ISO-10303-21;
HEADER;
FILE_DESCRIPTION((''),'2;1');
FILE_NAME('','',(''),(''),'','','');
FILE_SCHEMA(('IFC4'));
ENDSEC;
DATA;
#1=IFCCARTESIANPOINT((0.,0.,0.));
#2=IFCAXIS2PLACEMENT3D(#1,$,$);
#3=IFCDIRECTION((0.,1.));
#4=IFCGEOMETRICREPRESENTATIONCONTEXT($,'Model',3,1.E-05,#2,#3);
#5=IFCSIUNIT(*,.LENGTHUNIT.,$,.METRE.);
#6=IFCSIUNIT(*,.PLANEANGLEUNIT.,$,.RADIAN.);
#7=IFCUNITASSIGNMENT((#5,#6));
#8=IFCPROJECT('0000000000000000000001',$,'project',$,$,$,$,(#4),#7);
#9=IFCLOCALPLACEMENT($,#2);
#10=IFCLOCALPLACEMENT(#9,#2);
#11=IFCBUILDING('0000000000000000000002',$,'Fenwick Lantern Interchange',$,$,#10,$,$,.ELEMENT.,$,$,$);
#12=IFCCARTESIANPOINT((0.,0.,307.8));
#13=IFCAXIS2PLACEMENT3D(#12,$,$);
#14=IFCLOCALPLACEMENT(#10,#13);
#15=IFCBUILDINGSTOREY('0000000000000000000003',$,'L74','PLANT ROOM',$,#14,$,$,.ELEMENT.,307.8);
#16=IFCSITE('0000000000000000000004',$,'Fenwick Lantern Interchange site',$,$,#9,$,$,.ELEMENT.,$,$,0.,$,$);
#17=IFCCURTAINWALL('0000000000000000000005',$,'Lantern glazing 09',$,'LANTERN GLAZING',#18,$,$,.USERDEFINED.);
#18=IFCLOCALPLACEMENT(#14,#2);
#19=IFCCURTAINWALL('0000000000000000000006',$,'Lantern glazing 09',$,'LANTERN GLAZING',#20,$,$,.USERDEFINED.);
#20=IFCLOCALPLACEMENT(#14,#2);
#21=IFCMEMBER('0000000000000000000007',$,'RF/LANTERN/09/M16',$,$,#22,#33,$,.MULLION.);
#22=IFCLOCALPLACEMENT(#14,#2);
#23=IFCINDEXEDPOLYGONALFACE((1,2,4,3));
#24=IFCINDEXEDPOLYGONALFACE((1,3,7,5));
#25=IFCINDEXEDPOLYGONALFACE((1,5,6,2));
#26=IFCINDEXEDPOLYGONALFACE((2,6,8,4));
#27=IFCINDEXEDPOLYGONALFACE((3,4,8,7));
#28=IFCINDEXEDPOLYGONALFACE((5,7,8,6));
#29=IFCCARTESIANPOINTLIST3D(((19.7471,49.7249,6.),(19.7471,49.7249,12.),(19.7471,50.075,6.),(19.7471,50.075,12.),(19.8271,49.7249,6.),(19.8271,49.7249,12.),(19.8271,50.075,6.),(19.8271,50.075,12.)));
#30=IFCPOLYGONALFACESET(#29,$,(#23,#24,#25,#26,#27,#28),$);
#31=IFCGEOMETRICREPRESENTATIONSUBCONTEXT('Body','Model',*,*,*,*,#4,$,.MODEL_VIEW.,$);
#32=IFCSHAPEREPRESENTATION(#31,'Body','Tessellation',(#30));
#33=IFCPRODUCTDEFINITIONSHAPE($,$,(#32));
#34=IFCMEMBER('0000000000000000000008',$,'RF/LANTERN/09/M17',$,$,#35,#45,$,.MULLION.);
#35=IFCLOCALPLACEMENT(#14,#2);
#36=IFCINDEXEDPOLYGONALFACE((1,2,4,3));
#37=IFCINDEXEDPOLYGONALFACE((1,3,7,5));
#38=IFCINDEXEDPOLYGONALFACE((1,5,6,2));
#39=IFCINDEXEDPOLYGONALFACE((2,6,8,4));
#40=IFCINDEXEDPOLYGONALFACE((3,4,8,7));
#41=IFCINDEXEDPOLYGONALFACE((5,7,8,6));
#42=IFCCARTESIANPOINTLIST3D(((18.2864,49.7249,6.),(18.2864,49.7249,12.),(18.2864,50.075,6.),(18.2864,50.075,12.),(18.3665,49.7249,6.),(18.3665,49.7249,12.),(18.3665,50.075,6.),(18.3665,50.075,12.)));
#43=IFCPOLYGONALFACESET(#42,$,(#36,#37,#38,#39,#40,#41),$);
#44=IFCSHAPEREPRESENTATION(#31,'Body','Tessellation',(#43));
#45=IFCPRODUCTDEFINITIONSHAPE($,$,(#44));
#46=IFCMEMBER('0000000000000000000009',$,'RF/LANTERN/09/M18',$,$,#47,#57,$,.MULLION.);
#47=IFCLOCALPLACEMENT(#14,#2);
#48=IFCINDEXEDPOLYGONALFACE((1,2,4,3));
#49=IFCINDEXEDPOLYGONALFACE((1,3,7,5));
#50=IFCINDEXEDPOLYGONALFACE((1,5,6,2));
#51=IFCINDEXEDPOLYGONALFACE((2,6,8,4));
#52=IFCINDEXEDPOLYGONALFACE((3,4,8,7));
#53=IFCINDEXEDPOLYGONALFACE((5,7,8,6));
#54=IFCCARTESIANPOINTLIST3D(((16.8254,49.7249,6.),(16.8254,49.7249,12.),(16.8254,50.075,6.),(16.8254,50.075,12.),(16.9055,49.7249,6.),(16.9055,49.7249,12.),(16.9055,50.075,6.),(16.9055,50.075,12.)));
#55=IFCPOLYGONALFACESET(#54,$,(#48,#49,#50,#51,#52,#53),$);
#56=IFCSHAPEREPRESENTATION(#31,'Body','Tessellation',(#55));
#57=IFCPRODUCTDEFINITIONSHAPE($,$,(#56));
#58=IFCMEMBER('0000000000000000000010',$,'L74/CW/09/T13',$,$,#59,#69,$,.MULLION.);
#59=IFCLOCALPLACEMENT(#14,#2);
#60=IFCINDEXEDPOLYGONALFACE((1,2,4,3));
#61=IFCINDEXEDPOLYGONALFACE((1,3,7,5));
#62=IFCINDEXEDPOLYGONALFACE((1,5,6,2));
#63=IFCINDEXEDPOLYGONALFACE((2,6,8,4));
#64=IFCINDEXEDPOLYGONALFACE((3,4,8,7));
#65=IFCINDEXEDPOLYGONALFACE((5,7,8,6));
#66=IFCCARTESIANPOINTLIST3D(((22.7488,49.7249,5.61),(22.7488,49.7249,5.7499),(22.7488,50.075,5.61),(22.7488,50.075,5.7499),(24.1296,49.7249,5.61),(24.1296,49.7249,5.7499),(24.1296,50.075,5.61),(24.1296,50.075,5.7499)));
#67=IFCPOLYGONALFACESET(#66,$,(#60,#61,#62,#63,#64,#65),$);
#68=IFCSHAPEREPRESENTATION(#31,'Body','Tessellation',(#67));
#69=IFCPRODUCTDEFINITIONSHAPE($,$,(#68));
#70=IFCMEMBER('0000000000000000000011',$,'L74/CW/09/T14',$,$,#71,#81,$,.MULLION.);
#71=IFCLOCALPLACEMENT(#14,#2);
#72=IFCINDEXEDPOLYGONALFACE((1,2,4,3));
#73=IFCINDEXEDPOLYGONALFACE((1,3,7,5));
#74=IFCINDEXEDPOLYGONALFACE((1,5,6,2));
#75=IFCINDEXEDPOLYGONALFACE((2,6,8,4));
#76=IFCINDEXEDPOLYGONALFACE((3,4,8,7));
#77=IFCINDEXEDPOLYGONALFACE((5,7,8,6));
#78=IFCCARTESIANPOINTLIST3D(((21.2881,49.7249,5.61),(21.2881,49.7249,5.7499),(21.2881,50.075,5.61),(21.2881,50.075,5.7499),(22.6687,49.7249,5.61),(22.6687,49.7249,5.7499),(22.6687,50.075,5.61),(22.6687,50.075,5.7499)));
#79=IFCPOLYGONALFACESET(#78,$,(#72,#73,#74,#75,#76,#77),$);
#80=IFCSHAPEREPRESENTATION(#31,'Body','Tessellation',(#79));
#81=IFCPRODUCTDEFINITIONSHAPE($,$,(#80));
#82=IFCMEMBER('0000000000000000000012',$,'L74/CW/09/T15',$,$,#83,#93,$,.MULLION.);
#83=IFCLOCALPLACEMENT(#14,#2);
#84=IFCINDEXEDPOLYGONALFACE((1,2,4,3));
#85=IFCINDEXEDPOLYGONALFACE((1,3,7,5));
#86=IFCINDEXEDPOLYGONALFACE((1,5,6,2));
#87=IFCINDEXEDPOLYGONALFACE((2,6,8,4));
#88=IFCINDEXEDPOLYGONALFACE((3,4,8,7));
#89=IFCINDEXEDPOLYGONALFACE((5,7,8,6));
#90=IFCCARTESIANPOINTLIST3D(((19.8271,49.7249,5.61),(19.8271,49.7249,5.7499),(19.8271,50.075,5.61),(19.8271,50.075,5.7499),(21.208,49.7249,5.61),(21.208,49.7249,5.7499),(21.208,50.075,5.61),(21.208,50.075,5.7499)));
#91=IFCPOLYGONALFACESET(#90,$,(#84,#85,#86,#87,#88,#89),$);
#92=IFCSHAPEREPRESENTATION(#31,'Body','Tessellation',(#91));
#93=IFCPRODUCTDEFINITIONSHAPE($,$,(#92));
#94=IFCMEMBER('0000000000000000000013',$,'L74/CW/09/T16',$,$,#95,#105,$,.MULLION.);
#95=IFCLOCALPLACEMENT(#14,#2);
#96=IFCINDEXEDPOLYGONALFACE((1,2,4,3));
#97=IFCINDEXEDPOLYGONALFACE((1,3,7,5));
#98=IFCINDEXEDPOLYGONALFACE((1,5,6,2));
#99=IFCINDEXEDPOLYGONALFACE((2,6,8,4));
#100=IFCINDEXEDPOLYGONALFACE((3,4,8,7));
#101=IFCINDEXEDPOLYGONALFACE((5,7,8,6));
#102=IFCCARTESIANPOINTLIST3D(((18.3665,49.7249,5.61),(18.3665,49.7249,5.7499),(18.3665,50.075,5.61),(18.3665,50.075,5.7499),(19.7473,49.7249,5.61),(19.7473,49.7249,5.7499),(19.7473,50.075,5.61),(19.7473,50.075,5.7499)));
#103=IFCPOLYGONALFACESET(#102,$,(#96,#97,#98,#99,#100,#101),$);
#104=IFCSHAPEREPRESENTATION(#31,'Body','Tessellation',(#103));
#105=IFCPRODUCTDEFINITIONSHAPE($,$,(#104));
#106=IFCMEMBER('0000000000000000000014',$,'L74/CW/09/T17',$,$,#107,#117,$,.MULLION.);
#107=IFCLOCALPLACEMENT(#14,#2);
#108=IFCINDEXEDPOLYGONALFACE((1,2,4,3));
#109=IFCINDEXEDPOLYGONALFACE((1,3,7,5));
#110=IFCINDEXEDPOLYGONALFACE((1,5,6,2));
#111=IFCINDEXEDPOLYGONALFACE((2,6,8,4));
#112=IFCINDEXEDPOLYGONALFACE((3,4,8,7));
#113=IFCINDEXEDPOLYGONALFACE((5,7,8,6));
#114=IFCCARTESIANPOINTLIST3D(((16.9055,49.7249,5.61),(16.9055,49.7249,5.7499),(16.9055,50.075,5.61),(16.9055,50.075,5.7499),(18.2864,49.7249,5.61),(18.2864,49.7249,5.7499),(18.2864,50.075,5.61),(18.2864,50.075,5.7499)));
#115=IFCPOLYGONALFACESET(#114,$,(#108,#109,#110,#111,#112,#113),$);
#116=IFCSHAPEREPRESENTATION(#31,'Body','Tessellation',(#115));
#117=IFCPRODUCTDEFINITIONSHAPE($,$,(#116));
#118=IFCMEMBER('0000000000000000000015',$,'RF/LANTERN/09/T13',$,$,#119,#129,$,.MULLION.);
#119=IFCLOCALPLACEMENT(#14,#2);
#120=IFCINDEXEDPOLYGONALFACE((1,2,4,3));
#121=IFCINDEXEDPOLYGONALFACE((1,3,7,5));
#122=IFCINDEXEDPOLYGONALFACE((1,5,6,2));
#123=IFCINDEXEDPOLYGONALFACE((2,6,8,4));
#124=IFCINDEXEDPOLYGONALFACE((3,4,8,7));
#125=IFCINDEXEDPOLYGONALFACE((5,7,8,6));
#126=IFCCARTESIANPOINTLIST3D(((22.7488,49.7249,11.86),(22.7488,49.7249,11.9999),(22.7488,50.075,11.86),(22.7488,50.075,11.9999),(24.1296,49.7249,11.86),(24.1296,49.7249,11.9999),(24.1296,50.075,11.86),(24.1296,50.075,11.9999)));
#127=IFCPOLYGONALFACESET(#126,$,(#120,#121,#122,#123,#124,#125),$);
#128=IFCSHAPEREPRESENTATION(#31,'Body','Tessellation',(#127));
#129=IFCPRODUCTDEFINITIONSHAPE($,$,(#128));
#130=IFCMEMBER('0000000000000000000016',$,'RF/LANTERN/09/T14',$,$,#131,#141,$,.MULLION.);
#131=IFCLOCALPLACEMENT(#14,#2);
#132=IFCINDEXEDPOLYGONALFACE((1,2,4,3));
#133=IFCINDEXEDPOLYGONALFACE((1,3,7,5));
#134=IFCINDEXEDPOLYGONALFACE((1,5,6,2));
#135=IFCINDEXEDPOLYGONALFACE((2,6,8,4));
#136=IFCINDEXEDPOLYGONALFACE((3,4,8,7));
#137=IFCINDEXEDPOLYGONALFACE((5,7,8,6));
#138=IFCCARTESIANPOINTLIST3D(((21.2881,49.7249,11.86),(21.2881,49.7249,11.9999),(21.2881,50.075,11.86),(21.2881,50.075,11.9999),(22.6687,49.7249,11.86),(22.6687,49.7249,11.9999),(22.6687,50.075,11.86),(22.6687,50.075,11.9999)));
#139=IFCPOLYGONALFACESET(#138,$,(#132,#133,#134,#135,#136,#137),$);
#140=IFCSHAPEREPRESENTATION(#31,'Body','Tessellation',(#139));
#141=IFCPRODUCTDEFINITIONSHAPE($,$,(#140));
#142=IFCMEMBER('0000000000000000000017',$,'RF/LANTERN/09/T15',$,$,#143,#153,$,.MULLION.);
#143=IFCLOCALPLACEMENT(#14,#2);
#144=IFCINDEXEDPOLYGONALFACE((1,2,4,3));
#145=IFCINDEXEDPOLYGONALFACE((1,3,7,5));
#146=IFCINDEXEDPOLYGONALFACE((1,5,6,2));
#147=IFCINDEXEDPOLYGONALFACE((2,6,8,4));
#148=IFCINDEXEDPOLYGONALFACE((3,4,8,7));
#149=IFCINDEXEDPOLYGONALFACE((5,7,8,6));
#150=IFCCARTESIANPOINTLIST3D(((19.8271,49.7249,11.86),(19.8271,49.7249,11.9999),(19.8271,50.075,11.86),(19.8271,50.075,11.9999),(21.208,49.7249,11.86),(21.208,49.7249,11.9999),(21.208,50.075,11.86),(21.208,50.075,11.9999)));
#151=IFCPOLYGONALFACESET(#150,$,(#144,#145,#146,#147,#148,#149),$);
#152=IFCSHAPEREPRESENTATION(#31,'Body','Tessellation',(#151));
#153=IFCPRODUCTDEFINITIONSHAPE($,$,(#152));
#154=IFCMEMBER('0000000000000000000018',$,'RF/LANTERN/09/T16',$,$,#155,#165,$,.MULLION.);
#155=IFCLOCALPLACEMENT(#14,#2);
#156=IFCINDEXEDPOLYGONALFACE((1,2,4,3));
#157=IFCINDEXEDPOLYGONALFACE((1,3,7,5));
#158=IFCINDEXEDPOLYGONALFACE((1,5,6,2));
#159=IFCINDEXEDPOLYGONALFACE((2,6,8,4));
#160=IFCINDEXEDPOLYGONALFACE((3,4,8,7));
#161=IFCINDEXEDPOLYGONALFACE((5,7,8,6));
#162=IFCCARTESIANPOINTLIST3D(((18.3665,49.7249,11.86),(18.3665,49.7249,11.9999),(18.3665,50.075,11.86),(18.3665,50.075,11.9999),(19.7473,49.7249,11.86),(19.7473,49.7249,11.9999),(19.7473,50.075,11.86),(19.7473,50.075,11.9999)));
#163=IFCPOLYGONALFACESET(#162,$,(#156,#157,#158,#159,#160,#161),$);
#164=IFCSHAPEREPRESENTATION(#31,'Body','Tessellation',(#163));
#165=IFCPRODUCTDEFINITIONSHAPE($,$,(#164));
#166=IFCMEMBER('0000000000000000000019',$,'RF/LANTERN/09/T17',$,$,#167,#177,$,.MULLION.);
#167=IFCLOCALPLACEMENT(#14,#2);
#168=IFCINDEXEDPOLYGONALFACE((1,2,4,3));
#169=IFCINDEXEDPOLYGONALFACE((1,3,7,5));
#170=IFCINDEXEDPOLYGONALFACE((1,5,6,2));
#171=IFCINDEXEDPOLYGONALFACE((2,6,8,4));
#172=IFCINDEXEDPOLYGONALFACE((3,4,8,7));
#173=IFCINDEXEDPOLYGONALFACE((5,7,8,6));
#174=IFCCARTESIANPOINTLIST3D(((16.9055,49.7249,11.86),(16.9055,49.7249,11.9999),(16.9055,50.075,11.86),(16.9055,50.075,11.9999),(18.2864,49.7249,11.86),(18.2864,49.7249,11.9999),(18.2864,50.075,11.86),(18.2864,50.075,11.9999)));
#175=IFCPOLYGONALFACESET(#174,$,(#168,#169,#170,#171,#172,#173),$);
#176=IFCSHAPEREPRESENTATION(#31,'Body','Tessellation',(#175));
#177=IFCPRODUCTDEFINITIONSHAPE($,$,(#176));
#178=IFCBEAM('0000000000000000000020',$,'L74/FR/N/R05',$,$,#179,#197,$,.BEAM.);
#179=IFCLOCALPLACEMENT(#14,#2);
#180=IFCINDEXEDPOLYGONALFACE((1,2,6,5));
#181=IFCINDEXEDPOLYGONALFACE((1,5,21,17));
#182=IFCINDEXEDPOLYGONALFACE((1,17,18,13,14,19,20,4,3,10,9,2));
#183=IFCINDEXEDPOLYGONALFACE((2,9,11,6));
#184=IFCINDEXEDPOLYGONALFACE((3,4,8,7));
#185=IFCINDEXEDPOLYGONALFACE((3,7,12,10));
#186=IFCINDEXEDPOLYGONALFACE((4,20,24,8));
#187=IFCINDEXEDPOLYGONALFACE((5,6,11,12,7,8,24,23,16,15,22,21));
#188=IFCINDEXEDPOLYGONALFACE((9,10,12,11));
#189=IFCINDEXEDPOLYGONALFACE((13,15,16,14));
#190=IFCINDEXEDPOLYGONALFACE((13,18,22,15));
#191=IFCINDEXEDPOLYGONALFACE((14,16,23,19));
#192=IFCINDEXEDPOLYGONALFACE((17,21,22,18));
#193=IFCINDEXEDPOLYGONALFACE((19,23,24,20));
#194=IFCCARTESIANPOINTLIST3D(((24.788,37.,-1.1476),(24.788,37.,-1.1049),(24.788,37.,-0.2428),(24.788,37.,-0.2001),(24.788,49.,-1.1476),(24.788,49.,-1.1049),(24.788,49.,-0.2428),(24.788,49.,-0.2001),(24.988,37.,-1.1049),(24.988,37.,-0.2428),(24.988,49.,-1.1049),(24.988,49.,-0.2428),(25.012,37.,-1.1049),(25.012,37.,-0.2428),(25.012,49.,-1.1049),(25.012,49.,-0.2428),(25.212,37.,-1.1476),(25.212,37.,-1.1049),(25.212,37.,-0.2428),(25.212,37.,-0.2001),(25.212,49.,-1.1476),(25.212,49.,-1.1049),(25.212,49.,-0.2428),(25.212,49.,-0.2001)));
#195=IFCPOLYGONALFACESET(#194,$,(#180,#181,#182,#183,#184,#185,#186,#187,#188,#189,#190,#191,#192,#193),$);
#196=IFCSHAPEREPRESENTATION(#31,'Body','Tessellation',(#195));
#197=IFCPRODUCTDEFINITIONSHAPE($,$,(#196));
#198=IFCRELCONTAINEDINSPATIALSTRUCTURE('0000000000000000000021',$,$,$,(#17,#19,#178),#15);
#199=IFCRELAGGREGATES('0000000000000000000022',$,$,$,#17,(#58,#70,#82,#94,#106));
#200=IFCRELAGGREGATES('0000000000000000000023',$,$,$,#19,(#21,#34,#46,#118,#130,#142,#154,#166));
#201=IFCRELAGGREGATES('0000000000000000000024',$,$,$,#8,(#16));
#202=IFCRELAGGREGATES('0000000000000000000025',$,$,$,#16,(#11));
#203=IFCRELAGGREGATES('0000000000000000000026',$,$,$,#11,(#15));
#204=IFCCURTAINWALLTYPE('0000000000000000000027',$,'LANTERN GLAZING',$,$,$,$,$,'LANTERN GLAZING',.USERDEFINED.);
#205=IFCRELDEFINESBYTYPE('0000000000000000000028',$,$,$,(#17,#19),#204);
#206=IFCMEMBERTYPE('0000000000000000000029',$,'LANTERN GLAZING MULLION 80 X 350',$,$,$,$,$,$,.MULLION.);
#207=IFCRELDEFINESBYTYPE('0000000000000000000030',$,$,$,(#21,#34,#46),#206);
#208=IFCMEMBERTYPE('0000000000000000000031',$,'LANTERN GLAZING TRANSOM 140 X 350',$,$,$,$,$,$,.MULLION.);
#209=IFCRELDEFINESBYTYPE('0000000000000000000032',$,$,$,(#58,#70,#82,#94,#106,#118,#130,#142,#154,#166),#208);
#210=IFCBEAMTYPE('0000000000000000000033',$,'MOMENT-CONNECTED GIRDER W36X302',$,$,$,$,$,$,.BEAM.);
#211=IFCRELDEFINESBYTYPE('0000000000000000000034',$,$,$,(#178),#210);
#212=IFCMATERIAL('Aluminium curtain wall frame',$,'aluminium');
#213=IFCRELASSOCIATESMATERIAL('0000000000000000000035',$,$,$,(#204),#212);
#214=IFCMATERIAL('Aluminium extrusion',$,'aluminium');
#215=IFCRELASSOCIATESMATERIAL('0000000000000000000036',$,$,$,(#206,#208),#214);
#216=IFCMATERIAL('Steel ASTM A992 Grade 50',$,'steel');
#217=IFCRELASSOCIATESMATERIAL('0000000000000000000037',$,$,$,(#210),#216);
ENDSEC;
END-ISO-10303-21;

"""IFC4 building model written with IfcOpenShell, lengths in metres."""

from ifc_helpers import new_model, si_unit, direction, frame, origin, origin_2d, place, context, subcontext, project, spatial, rectangle, i_section, extrude, material, material_profile, profile_set, type_object, element, aggregate, save


model = new_model("IFC4")

# Units and contexts
model_context = context("Model", 3, precision=1e-05, world=origin(), true_north=direction((0.0, 1.0)))
body_context = subcontext(model_context, "Body", "Model", "MODEL_VIEW")
ifc_project = project(units=[si_unit("LENGTHUNIT", "METRE"), si_unit("PLANEANGLEUNIT", "RADIAN")], contexts=[model_context])

# Site, building, storey
site_placement = place(None, origin())
site = spatial("IfcSite", under=ifc_project, at=site_placement, Name="Fenwick Lantern Interchange site", CompositionType="ELEMENT", RefElevation=0.0)
building_placement = place(site_placement, origin())
building = spatial("IfcBuilding", under=site, at=building_placement, Name="Fenwick Lantern Interchange", CompositionType="ELEMENT")
storey_placement = place(building_placement, frame((0.0, 0.0, 307.8)))
storey = spatial("IfcBuildingStorey", under=building, at=storey_placement, Name="L74", Description="PLANT ROOM", CompositionType="ELEMENT", Elevation=307.8)

# Shared definitions
ifc_material_1 = material(Name="Steel ASTM A992 Grade 50", Category="steel")

# Curtain walls, members
ifc_material_2 = material(Name="Aluminium curtain wall frame", Category="aluminium")
curtain_wall_type = type_object("IfcCurtainWallType", Name="LANTERN GLAZING", ElementType="LANTERN GLAZING", PredefinedType="USERDEFINED", material=ifc_material_2)
curtain_wall_1_placement = place(storey_placement, origin())
curtain_wall_1 = element("IfcCurtainWall", 1, at=curtain_wall_1_placement, inside=storey, type_object=curtain_wall_type, Name="Lantern glazing 09", ObjectType="LANTERN GLAZING", PredefinedType="USERDEFINED")
ifc_material_3 = material(Name="Aluminium extrusion", Category="aluminium")
ifc_material_profile_1 = material_profile(ifc_material_3, rectangle(XDim=0.3501, YDim=0.0801, at=origin_2d()), Name="LANTERN GLAZING MULLION 80 X 350")
ifc_profile_set_1 = profile_set([ifc_material_profile_1], Name="Aluminium extrusion")
member_type_1 = type_object("IfcMemberType", Name="LANTERN GLAZING MULLION 80 X 350", PredefinedType="MULLION", material=ifc_profile_set_1)
curtain_wall_2_placement = place(storey_placement, origin())
curtain_wall_2 = element("IfcCurtainWall", 2, at=curtain_wall_2_placement, inside=storey, type_object=curtain_wall_type, Name="Lantern glazing 09", ObjectType="LANTERN GLAZING", PredefinedType="USERDEFINED")
member_1_placement = place(storey_placement, frame((19.7871, 49.8999, 6.0), z_axis=(0.0, 0.0, 1.0), x_axis=(0.0, -1.0, 0.0)))
member_1 = element("IfcMember", 3, at=member_1_placement, type_object=member_type_1, Name="RF/LANTERN/09/M16", PredefinedType="MULLION", context=body_context, shape_type="SweptSolid", body=[
    extrude(rectangle(XDim=0.3501, YDim=0.0801, at=origin_2d()), origin(), (0.0, 0.0, 1.0), 6.0),
])
member_2_placement = place(storey_placement, frame((18.3264, 49.8999, 6.0), z_axis=(0.0, 0.0, 1.0), x_axis=(0.0, -1.0, 0.0)))
member_2 = element("IfcMember", 4, at=member_2_placement, type_object=member_type_1, Name="RF/LANTERN/09/M17", PredefinedType="MULLION", context=body_context, shape_type="SweptSolid", body=[
    extrude(rectangle(XDim=0.3501, YDim=0.0801, at=origin_2d()), origin(), (0.0, 0.0, 1.0), 6.0),
])
member_3_placement = place(storey_placement, frame((16.8655, 49.8999, 6.0), z_axis=(0.0, 0.0, 1.0), x_axis=(0.0, -1.0, 0.0)))
member_3 = element("IfcMember", 5, at=member_3_placement, type_object=member_type_1, Name="RF/LANTERN/09/M18", PredefinedType="MULLION", context=body_context, shape_type="SweptSolid", body=[
    extrude(rectangle(XDim=0.3501, YDim=0.0801, at=origin_2d()), origin(), (0.0, 0.0, 1.0), 6.0),
])

# Members
ifc_material_profile_2 = material_profile(ifc_material_3, rectangle(XDim=0.3501, YDim=0.1399, at=origin_2d()), Name="LANTERN GLAZING TRANSOM 140 X 350")
ifc_profile_set_2 = profile_set([ifc_material_profile_2], Name="Aluminium extrusion")
member_type_2 = type_object("IfcMemberType", Name="LANTERN GLAZING TRANSOM 140 X 350", PredefinedType="MULLION", material=ifc_profile_set_2)
member_4_placement = place(storey_placement, frame((24.1296, 49.8999, 5.6799), z_axis=(-1.0, 0.0, 0.0), x_axis=(0.0, -1.0, 0.0)))
member_4 = element("IfcMember", 6, at=member_4_placement, type_object=member_type_2, Name="L74/CW/09/T13", PredefinedType="MULLION", context=body_context, shape_type="SweptSolid", body=[
    extrude(rectangle(XDim=0.3501, YDim=0.1399, at=origin_2d()), origin(), (0.0, 0.0, 1.0), 1.3809),
])
member_5_placement = place(storey_placement, frame((22.6687, 49.8999, 5.6799), z_axis=(-1.0, 0.0, 0.0), x_axis=(0.0, -1.0, 0.0)))
member_5 = element("IfcMember", 7, at=member_5_placement, type_object=member_type_2, Name="L74/CW/09/T14", PredefinedType="MULLION", context=body_context, shape_type="SweptSolid", body=[
    extrude(rectangle(XDim=0.3501, YDim=0.1399, at=origin_2d()), origin(), (0.0, 0.0, 1.0), 1.3806),
])
member_6_placement = place(storey_placement, frame((21.208, 49.8999, 5.6799), z_axis=(-1.0, 0.0, 0.0), x_axis=(0.0, -1.0, 0.0)))
member_6 = element("IfcMember", 8, at=member_6_placement, type_object=member_type_2, Name="L74/CW/09/T15", PredefinedType="MULLION", context=body_context, shape_type="SweptSolid", body=[
    extrude(rectangle(XDim=0.3501, YDim=0.1399, at=origin_2d()), origin(), (0.0, 0.0, 1.0), 1.3809),
])
member_7_placement = place(storey_placement, frame((19.7473, 49.8999, 5.6799), z_axis=(-1.0, 0.0, 0.0), x_axis=(0.0, -1.0, 0.0)))
member_7 = element("IfcMember", 9, at=member_7_placement, type_object=member_type_2, Name="L74/CW/09/T16", PredefinedType="MULLION", context=body_context, shape_type="SweptSolid", body=[
    extrude(rectangle(XDim=0.3501, YDim=0.1399, at=origin_2d()), origin(), (0.0, 0.0, 1.0), 1.3809),
])
member_8_placement = place(storey_placement, frame((18.2864, 49.8999, 5.6799), z_axis=(-1.0, 0.0, 0.0), x_axis=(0.0, -1.0, 0.0)))
member_8 = element("IfcMember", 10, at=member_8_placement, type_object=member_type_2, Name="L74/CW/09/T17", PredefinedType="MULLION", context=body_context, shape_type="SweptSolid", body=[
    extrude(rectangle(XDim=0.3501, YDim=0.1399, at=origin_2d()), origin(), (0.0, 0.0, 1.0), 1.3809),
])
member_9_placement = place(storey_placement, frame((24.1296, 49.8999, 11.9299), z_axis=(-1.0, 0.0, 0.0), x_axis=(0.0, -1.0, 0.0)))
member_9 = element("IfcMember", 11, at=member_9_placement, type_object=member_type_2, Name="RF/LANTERN/09/T13", PredefinedType="MULLION", context=body_context, shape_type="SweptSolid", body=[
    extrude(rectangle(XDim=0.3501, YDim=0.1399, at=origin_2d()), origin(), (0.0, 0.0, 1.0), 1.3809),
])
member_10_placement = place(storey_placement, frame((22.6687, 49.8999, 11.9299), z_axis=(-1.0, 0.0, 0.0), x_axis=(0.0, -1.0, 0.0)))
member_10 = element("IfcMember", 12, at=member_10_placement, type_object=member_type_2, Name="RF/LANTERN/09/T14", PredefinedType="MULLION", context=body_context, shape_type="SweptSolid", body=[
    extrude(rectangle(XDim=0.3501, YDim=0.1399, at=origin_2d()), origin(), (0.0, 0.0, 1.0), 1.3806),
])
member_11_placement = place(storey_placement, frame((21.208, 49.8999, 11.9299), z_axis=(-1.0, 0.0, 0.0), x_axis=(0.0, -1.0, 0.0)))
member_11 = element("IfcMember", 13, at=member_11_placement, type_object=member_type_2, Name="RF/LANTERN/09/T15", PredefinedType="MULLION", context=body_context, shape_type="SweptSolid", body=[
    extrude(rectangle(XDim=0.3501, YDim=0.1399, at=origin_2d()), origin(), (0.0, 0.0, 1.0), 1.3809),
])
member_12_placement = place(storey_placement, frame((19.7473, 49.8999, 11.9299), z_axis=(-1.0, 0.0, 0.0), x_axis=(0.0, -1.0, 0.0)))
member_12 = element("IfcMember", 14, at=member_12_placement, type_object=member_type_2, Name="RF/LANTERN/09/T16", PredefinedType="MULLION", context=body_context, shape_type="SweptSolid", body=[
    extrude(rectangle(XDim=0.3501, YDim=0.1399, at=origin_2d()), origin(), (0.0, 0.0, 1.0), 1.3809),
])
member_13_placement = place(storey_placement, frame((18.2864, 49.8999, 11.9299), z_axis=(-1.0, 0.0, 0.0), x_axis=(0.0, -1.0, 0.0)))
member_13 = element("IfcMember", 15, at=member_13_placement, type_object=member_type_2, Name="RF/LANTERN/09/T17", PredefinedType="MULLION", context=body_context, shape_type="SweptSolid", body=[
    extrude(rectangle(XDim=0.3501, YDim=0.1399, at=origin_2d()), origin(), (0.0, 0.0, 1.0), 1.3809),
])

# Beam
ifc_material_profile_3 = material_profile(ifc_material_1, i_section(OverallWidth=0.4241, OverallDepth=0.9475, WebThickness=0.0239, FlangeThickness=0.0427, at=origin_2d()), Name="W36X302")
ifc_profile_set_3 = profile_set([ifc_material_profile_3], Name="Steel ASTM A992 Grade 50")
beam_type_1 = type_object("IfcBeamType", Name="MOMENT-CONNECTED GIRDER W36X302", PredefinedType="BEAM", material=ifc_profile_set_3)
beam_1_placement = place(storey_placement, frame((25.0, 49.0, -0.6738), z_axis=(0.0, -1.0, 0.0), x_axis=(1.0, 0.0, 0.0)))
element("IfcBeam", 16, at=beam_1_placement, inside=storey, type_object=beam_type_1, Name="L74/FR/N/R05", PredefinedType="BEAM", context=body_context, shape_type="SweptSolid", body=[
    extrude(i_section(OverallWidth=0.4241, OverallDepth=0.9475, WebThickness=0.0239, FlangeThickness=0.0427, at=origin_2d()), origin(), (0.0, 0.0, 1.0), 12.0),
])

aggregate(curtain_wall_1, [member_4, member_5, member_6, member_7, member_8])
aggregate(curtain_wall_2, [member_1, member_2, member_3, member_9, member_10, member_11, member_12, member_13])

save(model, "model.ifc")
